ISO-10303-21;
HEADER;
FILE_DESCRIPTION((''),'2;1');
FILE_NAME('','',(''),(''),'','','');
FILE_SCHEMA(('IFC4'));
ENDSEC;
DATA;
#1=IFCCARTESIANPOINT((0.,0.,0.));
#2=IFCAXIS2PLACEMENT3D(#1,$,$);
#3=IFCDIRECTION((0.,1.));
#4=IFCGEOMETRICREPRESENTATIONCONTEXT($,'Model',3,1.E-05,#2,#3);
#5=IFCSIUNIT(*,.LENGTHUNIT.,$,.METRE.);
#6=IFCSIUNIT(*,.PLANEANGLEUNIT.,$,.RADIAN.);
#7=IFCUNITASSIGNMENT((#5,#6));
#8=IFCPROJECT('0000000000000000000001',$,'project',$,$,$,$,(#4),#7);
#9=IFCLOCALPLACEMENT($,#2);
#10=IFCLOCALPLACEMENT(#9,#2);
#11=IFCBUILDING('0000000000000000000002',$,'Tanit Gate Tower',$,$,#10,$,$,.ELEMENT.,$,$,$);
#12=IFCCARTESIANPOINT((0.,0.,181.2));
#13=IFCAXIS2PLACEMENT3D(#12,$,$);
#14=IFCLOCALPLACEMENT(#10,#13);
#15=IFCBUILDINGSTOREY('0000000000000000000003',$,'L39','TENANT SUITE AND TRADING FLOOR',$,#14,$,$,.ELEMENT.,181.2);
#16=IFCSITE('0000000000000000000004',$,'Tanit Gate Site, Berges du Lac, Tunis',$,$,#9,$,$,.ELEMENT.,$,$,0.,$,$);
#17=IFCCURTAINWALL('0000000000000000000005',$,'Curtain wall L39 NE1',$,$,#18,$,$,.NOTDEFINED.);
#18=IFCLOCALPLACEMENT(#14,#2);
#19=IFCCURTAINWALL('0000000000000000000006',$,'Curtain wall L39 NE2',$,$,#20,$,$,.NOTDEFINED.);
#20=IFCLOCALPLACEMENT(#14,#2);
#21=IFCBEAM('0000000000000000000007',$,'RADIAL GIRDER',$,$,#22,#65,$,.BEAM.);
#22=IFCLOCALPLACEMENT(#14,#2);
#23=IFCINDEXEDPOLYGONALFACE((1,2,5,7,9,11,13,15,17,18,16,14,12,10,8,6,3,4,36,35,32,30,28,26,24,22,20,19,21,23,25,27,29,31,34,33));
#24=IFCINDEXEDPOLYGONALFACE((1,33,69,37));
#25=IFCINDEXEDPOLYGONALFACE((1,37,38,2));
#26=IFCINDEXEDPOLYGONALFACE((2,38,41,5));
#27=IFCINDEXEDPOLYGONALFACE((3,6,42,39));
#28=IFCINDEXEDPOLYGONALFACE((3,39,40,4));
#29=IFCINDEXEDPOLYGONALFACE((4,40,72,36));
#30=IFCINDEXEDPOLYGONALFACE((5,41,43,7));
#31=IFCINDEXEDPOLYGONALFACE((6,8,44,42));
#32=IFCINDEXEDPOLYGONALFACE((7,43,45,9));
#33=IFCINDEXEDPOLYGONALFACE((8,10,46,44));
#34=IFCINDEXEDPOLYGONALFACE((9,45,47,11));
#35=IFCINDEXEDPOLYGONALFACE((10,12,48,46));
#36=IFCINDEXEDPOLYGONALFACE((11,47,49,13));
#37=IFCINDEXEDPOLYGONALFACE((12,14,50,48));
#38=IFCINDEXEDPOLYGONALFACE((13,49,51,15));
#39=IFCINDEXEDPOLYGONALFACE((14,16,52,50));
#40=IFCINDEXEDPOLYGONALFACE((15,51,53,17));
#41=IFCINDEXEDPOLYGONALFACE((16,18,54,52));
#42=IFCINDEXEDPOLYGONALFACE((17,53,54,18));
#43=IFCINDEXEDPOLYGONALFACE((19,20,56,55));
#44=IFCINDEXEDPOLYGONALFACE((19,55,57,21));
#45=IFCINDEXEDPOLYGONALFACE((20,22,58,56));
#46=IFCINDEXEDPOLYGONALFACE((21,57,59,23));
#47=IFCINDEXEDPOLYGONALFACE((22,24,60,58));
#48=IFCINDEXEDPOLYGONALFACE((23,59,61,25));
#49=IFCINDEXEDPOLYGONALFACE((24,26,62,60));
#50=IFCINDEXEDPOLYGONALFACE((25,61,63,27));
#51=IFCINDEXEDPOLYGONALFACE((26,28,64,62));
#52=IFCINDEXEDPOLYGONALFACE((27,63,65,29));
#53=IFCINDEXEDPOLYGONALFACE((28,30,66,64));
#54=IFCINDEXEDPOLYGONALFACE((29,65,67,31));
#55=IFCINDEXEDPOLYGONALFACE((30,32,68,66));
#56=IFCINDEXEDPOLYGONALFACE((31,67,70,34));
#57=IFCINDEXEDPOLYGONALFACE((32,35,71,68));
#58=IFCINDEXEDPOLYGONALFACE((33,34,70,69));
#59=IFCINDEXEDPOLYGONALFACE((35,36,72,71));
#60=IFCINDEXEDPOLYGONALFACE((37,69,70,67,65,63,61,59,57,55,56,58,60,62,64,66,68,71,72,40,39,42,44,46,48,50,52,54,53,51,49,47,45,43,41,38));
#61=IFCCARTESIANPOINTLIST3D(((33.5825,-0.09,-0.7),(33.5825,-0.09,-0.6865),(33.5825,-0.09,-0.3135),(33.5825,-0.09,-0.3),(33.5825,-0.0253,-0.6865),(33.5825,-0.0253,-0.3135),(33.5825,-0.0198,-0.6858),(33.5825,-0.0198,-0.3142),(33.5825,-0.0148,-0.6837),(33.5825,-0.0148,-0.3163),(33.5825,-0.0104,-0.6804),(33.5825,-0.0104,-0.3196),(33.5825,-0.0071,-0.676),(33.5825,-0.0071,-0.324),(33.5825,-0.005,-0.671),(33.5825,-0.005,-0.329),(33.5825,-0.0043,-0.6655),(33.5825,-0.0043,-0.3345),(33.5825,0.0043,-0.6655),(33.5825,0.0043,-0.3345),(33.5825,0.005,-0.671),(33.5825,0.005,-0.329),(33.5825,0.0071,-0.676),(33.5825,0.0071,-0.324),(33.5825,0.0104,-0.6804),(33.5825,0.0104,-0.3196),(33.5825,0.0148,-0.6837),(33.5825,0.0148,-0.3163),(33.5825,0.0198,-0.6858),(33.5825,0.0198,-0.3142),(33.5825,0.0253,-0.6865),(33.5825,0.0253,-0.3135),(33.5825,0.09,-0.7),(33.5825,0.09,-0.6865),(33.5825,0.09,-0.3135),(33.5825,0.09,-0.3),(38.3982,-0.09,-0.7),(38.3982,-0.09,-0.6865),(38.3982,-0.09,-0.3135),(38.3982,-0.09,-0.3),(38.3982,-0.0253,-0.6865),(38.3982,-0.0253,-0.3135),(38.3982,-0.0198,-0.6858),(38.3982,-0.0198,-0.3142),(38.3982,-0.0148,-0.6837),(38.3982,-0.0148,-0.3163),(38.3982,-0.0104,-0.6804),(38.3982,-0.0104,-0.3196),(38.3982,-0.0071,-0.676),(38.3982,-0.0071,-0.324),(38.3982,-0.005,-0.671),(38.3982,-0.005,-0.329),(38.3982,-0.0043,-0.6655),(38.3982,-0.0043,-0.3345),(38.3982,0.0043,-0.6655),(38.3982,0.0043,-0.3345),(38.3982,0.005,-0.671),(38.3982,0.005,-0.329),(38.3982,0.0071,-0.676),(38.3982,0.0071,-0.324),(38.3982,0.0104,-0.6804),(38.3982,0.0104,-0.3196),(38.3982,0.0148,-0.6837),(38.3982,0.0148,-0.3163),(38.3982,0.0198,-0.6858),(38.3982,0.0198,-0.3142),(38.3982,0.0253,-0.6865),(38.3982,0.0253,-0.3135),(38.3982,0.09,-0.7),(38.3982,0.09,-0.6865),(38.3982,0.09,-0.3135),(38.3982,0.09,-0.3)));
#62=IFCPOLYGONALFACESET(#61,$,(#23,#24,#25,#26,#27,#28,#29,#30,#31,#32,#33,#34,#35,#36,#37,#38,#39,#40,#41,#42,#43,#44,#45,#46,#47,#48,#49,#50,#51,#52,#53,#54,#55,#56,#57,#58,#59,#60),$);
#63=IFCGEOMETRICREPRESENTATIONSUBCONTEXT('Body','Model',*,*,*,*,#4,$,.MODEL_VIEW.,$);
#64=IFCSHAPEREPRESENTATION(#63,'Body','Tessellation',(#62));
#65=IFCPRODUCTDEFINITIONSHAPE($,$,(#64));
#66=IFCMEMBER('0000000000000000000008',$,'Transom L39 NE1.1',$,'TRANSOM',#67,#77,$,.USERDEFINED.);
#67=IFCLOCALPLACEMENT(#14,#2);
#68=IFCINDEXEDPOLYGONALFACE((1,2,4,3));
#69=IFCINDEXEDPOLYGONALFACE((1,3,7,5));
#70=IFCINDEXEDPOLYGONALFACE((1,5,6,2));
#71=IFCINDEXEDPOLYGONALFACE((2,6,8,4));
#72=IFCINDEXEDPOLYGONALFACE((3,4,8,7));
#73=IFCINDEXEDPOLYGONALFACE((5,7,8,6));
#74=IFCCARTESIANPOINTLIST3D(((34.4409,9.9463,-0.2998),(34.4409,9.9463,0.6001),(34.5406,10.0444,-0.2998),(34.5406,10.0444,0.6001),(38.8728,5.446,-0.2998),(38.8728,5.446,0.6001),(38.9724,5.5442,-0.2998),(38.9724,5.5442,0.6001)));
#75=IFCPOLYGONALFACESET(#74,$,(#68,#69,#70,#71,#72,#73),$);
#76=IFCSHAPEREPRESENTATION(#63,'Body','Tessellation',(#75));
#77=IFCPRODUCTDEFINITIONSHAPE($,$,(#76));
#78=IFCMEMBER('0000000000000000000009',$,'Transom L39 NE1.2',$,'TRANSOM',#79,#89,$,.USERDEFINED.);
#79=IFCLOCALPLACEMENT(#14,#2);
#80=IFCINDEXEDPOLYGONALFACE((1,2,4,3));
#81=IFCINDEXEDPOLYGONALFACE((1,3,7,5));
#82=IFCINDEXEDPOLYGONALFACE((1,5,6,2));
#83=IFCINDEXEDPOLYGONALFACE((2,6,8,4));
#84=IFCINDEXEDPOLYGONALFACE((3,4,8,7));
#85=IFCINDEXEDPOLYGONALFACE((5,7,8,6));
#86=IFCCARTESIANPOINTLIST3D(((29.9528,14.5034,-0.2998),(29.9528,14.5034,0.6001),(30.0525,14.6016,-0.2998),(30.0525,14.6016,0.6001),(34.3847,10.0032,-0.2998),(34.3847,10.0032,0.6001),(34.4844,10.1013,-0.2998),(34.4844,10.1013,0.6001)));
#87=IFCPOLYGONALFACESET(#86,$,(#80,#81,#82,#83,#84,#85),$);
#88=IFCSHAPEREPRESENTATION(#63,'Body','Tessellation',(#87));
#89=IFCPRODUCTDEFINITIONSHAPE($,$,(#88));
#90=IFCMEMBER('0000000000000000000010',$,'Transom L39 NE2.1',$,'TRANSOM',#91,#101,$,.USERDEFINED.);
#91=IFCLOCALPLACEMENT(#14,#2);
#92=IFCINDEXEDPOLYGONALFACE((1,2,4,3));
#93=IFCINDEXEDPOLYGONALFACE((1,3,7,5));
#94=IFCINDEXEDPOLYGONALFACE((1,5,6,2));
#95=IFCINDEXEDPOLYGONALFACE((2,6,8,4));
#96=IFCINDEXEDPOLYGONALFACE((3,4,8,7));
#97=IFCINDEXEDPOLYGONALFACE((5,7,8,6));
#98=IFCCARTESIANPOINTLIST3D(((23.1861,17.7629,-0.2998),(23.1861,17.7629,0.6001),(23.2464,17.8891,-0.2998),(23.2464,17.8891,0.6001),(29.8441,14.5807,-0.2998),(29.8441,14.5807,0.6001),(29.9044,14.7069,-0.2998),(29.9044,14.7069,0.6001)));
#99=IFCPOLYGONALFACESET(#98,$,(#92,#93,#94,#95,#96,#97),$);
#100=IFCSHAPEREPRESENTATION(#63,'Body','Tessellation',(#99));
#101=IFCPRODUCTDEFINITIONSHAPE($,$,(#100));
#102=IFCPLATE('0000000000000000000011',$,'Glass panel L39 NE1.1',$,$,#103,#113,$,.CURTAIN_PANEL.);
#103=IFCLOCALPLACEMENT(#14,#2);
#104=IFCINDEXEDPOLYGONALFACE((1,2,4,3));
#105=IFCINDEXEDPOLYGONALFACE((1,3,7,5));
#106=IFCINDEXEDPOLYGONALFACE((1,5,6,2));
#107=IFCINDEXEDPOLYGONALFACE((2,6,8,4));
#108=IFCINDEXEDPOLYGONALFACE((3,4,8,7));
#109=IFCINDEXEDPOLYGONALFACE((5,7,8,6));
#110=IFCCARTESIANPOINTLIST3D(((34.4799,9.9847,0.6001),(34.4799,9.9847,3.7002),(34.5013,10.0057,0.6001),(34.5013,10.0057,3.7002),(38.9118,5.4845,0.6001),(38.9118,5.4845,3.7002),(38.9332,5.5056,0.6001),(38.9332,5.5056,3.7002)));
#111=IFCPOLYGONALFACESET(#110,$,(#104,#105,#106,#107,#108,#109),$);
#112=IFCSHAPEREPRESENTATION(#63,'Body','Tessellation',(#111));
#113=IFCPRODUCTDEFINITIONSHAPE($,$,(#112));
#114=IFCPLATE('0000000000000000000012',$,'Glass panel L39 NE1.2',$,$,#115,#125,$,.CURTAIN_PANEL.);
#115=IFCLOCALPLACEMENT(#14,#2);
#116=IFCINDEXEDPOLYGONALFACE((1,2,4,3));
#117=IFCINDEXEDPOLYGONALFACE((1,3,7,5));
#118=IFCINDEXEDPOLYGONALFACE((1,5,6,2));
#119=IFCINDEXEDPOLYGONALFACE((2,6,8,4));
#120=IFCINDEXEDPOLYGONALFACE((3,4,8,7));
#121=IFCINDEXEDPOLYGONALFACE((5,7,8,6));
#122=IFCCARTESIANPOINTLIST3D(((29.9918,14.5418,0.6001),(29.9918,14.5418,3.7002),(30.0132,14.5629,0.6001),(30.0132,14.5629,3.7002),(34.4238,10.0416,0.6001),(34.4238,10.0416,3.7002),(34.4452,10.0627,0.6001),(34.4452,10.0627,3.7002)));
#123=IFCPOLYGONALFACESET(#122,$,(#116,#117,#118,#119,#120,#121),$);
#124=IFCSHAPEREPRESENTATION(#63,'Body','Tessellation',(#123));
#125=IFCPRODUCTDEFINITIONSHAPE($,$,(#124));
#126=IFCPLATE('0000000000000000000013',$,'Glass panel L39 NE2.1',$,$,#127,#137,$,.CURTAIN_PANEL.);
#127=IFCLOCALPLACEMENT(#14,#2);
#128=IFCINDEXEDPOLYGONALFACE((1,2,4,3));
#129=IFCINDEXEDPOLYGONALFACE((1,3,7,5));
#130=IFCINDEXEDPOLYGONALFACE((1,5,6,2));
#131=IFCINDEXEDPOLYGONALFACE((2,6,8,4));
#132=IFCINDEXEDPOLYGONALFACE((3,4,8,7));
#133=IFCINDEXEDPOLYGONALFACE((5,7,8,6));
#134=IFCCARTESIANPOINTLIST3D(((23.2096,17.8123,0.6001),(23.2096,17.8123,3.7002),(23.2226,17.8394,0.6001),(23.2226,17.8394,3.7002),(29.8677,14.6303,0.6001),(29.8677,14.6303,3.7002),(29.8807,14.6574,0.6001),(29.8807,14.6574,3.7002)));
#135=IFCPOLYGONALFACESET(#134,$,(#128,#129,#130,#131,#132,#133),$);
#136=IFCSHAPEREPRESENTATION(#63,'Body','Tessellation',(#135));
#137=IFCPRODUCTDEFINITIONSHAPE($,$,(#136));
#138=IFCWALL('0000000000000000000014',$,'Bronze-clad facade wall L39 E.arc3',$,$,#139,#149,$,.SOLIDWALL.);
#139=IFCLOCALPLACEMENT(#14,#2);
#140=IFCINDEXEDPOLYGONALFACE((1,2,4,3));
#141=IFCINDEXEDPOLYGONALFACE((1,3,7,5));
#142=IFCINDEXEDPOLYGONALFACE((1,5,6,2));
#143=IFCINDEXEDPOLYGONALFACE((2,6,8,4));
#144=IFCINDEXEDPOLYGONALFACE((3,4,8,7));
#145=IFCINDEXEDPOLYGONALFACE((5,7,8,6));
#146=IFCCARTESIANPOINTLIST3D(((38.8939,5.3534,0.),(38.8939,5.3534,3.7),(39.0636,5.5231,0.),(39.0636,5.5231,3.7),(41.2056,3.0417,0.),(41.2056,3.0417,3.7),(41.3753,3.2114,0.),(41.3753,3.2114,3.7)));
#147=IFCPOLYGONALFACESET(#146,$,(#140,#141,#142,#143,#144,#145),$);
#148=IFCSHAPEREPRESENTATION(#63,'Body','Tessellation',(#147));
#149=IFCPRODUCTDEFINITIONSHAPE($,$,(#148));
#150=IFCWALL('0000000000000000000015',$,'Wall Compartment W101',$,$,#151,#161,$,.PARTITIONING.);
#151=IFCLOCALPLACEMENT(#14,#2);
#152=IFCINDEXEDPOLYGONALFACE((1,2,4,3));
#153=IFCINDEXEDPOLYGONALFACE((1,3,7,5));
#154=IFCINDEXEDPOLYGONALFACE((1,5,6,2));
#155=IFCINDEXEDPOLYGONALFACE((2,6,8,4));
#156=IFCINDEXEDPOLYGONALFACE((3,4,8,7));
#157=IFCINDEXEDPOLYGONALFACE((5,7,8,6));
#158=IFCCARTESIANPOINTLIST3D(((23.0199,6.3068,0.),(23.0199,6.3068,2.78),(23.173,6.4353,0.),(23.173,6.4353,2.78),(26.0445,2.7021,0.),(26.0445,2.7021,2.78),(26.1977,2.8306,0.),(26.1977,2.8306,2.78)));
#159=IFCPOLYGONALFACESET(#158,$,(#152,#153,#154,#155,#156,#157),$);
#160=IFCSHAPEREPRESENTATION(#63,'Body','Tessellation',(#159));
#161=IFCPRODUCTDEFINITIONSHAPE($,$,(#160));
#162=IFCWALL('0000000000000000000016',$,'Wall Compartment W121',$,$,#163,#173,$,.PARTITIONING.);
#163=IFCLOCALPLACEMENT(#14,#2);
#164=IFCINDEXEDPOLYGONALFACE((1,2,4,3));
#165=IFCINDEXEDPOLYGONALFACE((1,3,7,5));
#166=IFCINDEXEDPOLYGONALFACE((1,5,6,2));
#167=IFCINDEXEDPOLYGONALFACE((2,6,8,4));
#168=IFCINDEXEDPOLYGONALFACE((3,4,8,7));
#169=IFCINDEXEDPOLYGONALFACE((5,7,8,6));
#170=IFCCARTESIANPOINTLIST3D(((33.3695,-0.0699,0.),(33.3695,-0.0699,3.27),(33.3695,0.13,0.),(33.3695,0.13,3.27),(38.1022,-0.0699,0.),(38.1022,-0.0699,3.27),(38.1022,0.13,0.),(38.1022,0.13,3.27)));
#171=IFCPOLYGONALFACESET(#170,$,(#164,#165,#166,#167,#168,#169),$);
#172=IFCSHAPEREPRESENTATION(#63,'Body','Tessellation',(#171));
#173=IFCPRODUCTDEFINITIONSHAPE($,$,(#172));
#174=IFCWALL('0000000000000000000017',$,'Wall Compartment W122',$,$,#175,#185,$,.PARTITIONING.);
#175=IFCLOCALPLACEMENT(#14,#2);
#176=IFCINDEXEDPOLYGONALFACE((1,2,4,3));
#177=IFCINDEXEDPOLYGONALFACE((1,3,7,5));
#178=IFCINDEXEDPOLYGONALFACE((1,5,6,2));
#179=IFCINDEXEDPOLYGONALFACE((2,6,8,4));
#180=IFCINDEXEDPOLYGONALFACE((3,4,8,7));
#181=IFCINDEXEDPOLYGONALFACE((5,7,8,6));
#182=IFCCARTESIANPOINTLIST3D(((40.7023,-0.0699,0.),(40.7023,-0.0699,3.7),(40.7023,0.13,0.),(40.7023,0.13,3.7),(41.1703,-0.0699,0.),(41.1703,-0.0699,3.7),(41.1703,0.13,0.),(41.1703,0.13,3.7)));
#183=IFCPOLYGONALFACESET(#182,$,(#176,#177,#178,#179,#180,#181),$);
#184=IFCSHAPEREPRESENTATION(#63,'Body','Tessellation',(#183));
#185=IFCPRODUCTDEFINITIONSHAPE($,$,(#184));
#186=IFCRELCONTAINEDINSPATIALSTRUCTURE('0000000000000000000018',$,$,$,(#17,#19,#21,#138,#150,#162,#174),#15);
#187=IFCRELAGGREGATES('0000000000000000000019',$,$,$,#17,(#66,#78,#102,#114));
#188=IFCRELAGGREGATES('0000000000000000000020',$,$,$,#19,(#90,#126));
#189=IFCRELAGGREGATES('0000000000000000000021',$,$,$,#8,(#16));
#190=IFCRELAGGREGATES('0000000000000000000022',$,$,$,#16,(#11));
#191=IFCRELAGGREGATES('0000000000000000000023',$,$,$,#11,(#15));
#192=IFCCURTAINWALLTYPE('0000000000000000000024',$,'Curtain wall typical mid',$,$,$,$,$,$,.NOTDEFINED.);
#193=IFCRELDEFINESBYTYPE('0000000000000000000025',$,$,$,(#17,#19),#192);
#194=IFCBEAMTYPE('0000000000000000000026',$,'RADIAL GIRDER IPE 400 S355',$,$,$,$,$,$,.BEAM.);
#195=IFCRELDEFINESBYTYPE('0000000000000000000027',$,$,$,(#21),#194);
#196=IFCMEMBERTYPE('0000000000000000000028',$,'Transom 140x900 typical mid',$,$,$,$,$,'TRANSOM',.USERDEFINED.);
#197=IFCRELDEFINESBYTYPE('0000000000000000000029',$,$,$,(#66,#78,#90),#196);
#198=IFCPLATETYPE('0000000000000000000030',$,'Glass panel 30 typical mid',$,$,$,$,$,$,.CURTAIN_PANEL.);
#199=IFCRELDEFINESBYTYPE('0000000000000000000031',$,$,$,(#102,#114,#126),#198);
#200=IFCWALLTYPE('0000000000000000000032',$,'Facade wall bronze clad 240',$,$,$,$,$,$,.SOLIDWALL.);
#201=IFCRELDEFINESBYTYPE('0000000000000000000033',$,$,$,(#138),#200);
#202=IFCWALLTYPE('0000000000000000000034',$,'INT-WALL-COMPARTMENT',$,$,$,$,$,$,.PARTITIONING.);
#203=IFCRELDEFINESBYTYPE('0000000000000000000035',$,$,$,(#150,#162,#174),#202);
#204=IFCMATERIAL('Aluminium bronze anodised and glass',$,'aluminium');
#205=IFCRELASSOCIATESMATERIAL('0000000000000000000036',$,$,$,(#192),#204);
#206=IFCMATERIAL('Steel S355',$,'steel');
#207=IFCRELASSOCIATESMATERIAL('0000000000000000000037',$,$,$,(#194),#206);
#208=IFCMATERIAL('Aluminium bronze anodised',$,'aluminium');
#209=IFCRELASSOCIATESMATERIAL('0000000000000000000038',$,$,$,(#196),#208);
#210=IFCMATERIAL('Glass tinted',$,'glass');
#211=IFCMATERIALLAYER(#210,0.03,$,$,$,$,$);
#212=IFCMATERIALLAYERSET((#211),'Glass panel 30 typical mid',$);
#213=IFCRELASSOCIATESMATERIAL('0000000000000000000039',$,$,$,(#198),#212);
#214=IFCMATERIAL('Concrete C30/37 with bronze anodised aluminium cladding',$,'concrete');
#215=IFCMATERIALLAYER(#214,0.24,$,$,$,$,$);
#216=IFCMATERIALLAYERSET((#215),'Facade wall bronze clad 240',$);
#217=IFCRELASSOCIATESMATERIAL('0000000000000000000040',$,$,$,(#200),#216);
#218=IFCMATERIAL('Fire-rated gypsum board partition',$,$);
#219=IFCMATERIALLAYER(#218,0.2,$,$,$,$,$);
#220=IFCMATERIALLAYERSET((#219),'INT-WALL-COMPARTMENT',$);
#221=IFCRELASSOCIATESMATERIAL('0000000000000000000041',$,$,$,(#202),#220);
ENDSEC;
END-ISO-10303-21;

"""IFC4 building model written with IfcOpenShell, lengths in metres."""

from ifc_helpers import new_model, si_unit, direction, frame, frame_2d, origin, origin_2d, place, context, subcontext, project, spatial, rectangle, i_section, extrude, material, layer, layer_set, material_profile, profile_set, type_object, element, aggregate, save


model = new_model("IFC4")

# Units and contexts
model_context = context("Model", 3, precision=1e-05, world=origin(), true_north=direction((0.0, 1.0)))
body_context = subcontext(model_context, "Body", "Model", "MODEL_VIEW")
ifc_project = project(units=[si_unit("LENGTHUNIT", "METRE"), si_unit("PLANEANGLEUNIT", "RADIAN")], contexts=[model_context])

# Site, building, storey
site_placement = place(None, origin())
site = spatial("IfcSite", under=ifc_project, at=site_placement, Name="Tanit Gate Site, Berges du Lac, Tunis", CompositionType="ELEMENT", RefElevation=0.0)
building_placement = place(site_placement, origin())
building = spatial("IfcBuilding", under=site, at=building_placement, Name="Tanit Gate Tower", CompositionType="ELEMENT")
storey_placement = place(building_placement, frame((0.0, 0.0, 181.2)))
storey = spatial("IfcBuildingStorey", under=building, at=storey_placement, Name="L39", Description="TENANT SUITE AND TRADING FLOOR", CompositionType="ELEMENT", Elevation=181.2)

# Curtain walls
ifc_material_1 = material(Name="Aluminium bronze anodised and glass", Category="aluminium")
curtain_wall_type = type_object("IfcCurtainWallType", Name="Curtain wall typical mid", PredefinedType="NOTDEFINED", material=ifc_material_1)
curtain_wall_1_placement = place(storey_placement, origin())
curtain_wall_1 = element("IfcCurtainWall", 1, at=curtain_wall_1_placement, inside=storey, type_object=curtain_wall_type, Name="Curtain wall L39 NE1", PredefinedType="NOTDEFINED")
curtain_wall_2_placement = place(storey_placement, origin())
curtain_wall_2 = element("IfcCurtainWall", 2, at=curtain_wall_2_placement, inside=storey, type_object=curtain_wall_type, Name="Curtain wall L39 NE2", PredefinedType="NOTDEFINED")

# Beam
ifc_material_2 = material(Name="Steel S355", Category="steel")
ifc_material_profile_1 = material_profile(ifc_material_2, i_section(OverallWidth=0.1799, OverallDepth=0.3999, WebThickness=0.0085, FlangeThickness=0.0134, FilletRadius=0.021, at=origin_2d()), Name="IPE 400")
ifc_profile_set_1 = profile_set([ifc_material_profile_1], Name="Steel S355")
beam_type_1 = type_object("IfcBeamType", Name="RADIAL GIRDER IPE 400 S355", PredefinedType="BEAM", material=ifc_profile_set_1)
beam_1_placement = place(storey_placement, frame((38.3982, 0.0, -0.5), z_axis=(-1.0, 0.0, 0.0), x_axis=(0.0, -1.0, 0.0)))
element("IfcBeam", 3, at=beam_1_placement, inside=storey, type_object=beam_type_1, Name="RADIAL GIRDER", PredefinedType="BEAM", context=body_context, shape_type="SweptSolid", body=[
    extrude(i_section(OverallWidth=0.1799, OverallDepth=0.3999, WebThickness=0.0085, FlangeThickness=0.0134, FilletRadius=0.021, at=origin_2d()), origin(), (0.0, 0.0, 1.0), 4.8157),
])

# Members
ifc_material_3 = material(Name="Aluminium bronze anodised", Category="aluminium")
ifc_material_profile_2 = material_profile(ifc_material_3, rectangle(XDim=0.1399, YDim=0.8999, at=origin_2d()), Name="140x900 bronze transom")
ifc_profile_set_2 = profile_set([ifc_material_profile_2], Name="Aluminium bronze anodised")
member_type_1 = type_object("IfcMemberType", Name="Transom 140x900 typical mid", ElementType="TRANSOM", PredefinedType="USERDEFINED", material=ifc_profile_set_2)
member_1_placement = place(storey_placement, frame((38.9226, 5.4951, 0.1501), z_axis=(-0.701675, 0.712498, 0.0), x_axis=(-0.712498, -0.701675, 0.0)))
member_1 = element("IfcMember", 4, at=member_1_placement, type_object=member_type_1, Name="Transom L39 NE1.1", ObjectType="TRANSOM", PredefinedType="USERDEFINED", context=body_context, shape_type="SweptSolid", body=[
    extrude(rectangle(XDim=0.1399, YDim=0.8999, at=origin_2d()), origin(), (0.0, 0.0, 1.0), 6.3162),
])
member_2_placement = place(storey_placement, frame((34.4346, 10.0522, 0.1501), z_axis=(-0.701675, 0.712498, 0.0), x_axis=(-0.712498, -0.701675, 0.0)))
member_2 = element("IfcMember", 5, at=member_2_placement, type_object=member_type_1, Name="Transom L39 NE1.2", ObjectType="TRANSOM", PredefinedType="USERDEFINED", context=body_context, shape_type="SweptSolid", body=[
    extrude(rectangle(XDim=0.1399, YDim=0.8999, at=origin_2d()), origin(), (0.0, 0.0, 1.0), 6.3162),
])
member_3_placement = place(storey_placement, frame((29.8743, 14.6438, 0.1501), z_axis=(-0.902246, 0.431223, 0.0), x_axis=(-0.431223, -0.902246, 0.0)))
member_3 = element("IfcMember", 6, at=member_3_placement, type_object=member_type_1, Name="Transom L39 NE2.1", ObjectType="TRANSOM", PredefinedType="USERDEFINED", context=body_context, shape_type="SweptSolid", body=[
    extrude(rectangle(XDim=0.1399, YDim=0.8999, at=origin_2d()), origin(), (0.0, 0.0, 1.0), 7.3794),
])

# Plates
ifc_material_4 = material(Name="Glass tinted", Category="glass")
ifc_layer_1 = layer(ifc_material_4, 0.03)
ifc_layer_set_1 = layer_set([ifc_layer_1], Name="Glass panel 30 typical mid")
plate_type = type_object("IfcPlateType", Name="Glass panel 30 typical mid", PredefinedType="CURTAIN_PANEL", material=ifc_layer_set_1)
plate_1_placement = place(storey_placement, frame((36.7065, 7.7451, 0.6001), z_axis=(0.0, 0.0, 1.0), x_axis=(-0.701684, 0.712489, 0.0)))
plate_1 = element("IfcPlate", 7, at=plate_1_placement, type_object=plate_type, Name="Glass panel L39 NE1.1", PredefinedType="CURTAIN_PANEL", context=body_context, shape_type="SweptSolid", body=[
    extrude(rectangle(XDim=6.3162, YDim=0.03, at=origin_2d()), origin(), (0.0, 0.0, 1.0), 3.1001),
])
plate_2_placement = place(storey_placement, frame((32.2185, 12.3022, 0.6001), z_axis=(0.0, 0.0, 1.0), x_axis=(-0.701684, 0.712489, 0.0)))
plate_2 = element("IfcPlate", 8, at=plate_2_placement, type_object=plate_type, Name="Glass panel L39 NE1.2", PredefinedType="CURTAIN_PANEL", context=body_context, shape_type="SweptSolid", body=[
    extrude(rectangle(XDim=6.3162, YDim=0.03, at=origin_2d()), origin(), (0.0, 0.0, 1.0), 3.1001),
])
aggregate(curtain_wall_1, [member_1, member_2, plate_1, plate_2])
plate_3_placement = place(storey_placement, frame((26.5452, 16.2349, 0.6001), z_axis=(0.0, 0.0, 1.0), x_axis=(-0.902258, 0.431197, 0.0)))
plate_3 = element("IfcPlate", 9, at=plate_3_placement, type_object=plate_type, Name="Glass panel L39 NE2.1", PredefinedType="CURTAIN_PANEL", context=body_context, shape_type="SweptSolid", body=[
    extrude(rectangle(XDim=7.3794, YDim=0.03, at=origin_2d()), origin(), (0.0, 0.0, 1.0), 3.1001),
])
aggregate(curtain_wall_2, [member_3, plate_3])

# Walls
ifc_material_5 = material(Name="Concrete C30/37 with bronze anodised aluminium cladding", Category="concrete")
ifc_layer_2 = layer(ifc_material_5, 0.24)
ifc_layer_set_2 = layer_set([ifc_layer_2], Name="Facade wall bronze clad 240")
wall_type_1 = type_object("IfcWallType", Name="Facade wall bronze clad 240", PredefinedType="SOLIDWALL", material=ifc_layer_set_2)
wall_1_placement = place(storey_placement, frame((41.2905, 3.1265, 0.0), z_axis=(0.0, 0.0, 1.0), x_axis=(-0.707107, 0.707107, 0.0)))
element("IfcWall", 10, at=wall_1_placement, inside=storey, type_object=wall_type_1, Name="Bronze-clad facade wall L39 E.arc3", PredefinedType="SOLIDWALL", context=body_context, shape_type="SweptSolid", body=[
    extrude(rectangle(XDim=3.2693, YDim=0.24, at=frame_2d((1.6348, 0.0))), origin(), (0.0, 0.0, 1.0), 3.7),
])
ifc_material_6 = material(Name="Fire-rated gypsum board partition")
ifc_layer_3 = layer(ifc_material_6, 0.2)
ifc_layer_set_3 = layer_set([ifc_layer_3], Name="INT-WALL-COMPARTMENT")
wall_type_2 = type_object("IfcWallType", Name="INT-WALL-COMPARTMENT", PredefinedType="PARTITIONING", material=ifc_layer_set_3)
wall_2_placement = place(storey_placement, frame((26.1211, 2.7664, 0.0), z_axis=(0.0, 0.0, 1.0), x_axis=(-0.642778, 0.766052, 0.0)))
element("IfcWall", 11, at=wall_2_placement, inside=storey, type_object=wall_type_2, Name="Wall Compartment W101", PredefinedType="PARTITIONING", context=body_context, shape_type="SweptSolid", body=[
    extrude(rectangle(XDim=4.7056, YDim=0.2, at=frame_2d((2.3528, 0.0))), origin(), (0.0, 0.0, 1.0), 2.78),
])
wall_3_placement = place(storey_placement, frame((33.3696, 0.03, 0.0), z_axis=(0.0, 0.0, 1.0), x_axis=(1.0, 0.0, 0.0)))
element("IfcWall", 12, at=wall_3_placement, inside=storey, type_object=wall_type_2, Name="Wall Compartment W121", PredefinedType="PARTITIONING", context=body_context, shape_type="SweptSolid", body=[
    extrude(rectangle(XDim=4.7327, YDim=0.2, at=frame_2d((2.3662, 0.0))), origin(), (0.0, 0.0, 1.0), 3.27),
])
wall_4_placement = place(storey_placement, frame((40.7024, 0.03, 0.0), z_axis=(0.0, 0.0, 1.0), x_axis=(1.0, 0.0, 0.0)))
element("IfcWall", 13, at=wall_4_placement, inside=storey, type_object=wall_type_2, Name="Wall Compartment W122", PredefinedType="PARTITIONING", context=body_context, shape_type="SweptSolid", body=[
    extrude(rectangle(XDim=0.468, YDim=0.2, at=frame_2d((0.2339, 0.0))), origin(), (0.0, 0.0, 1.0), 3.7),
])

save(model, "model.ifc")
